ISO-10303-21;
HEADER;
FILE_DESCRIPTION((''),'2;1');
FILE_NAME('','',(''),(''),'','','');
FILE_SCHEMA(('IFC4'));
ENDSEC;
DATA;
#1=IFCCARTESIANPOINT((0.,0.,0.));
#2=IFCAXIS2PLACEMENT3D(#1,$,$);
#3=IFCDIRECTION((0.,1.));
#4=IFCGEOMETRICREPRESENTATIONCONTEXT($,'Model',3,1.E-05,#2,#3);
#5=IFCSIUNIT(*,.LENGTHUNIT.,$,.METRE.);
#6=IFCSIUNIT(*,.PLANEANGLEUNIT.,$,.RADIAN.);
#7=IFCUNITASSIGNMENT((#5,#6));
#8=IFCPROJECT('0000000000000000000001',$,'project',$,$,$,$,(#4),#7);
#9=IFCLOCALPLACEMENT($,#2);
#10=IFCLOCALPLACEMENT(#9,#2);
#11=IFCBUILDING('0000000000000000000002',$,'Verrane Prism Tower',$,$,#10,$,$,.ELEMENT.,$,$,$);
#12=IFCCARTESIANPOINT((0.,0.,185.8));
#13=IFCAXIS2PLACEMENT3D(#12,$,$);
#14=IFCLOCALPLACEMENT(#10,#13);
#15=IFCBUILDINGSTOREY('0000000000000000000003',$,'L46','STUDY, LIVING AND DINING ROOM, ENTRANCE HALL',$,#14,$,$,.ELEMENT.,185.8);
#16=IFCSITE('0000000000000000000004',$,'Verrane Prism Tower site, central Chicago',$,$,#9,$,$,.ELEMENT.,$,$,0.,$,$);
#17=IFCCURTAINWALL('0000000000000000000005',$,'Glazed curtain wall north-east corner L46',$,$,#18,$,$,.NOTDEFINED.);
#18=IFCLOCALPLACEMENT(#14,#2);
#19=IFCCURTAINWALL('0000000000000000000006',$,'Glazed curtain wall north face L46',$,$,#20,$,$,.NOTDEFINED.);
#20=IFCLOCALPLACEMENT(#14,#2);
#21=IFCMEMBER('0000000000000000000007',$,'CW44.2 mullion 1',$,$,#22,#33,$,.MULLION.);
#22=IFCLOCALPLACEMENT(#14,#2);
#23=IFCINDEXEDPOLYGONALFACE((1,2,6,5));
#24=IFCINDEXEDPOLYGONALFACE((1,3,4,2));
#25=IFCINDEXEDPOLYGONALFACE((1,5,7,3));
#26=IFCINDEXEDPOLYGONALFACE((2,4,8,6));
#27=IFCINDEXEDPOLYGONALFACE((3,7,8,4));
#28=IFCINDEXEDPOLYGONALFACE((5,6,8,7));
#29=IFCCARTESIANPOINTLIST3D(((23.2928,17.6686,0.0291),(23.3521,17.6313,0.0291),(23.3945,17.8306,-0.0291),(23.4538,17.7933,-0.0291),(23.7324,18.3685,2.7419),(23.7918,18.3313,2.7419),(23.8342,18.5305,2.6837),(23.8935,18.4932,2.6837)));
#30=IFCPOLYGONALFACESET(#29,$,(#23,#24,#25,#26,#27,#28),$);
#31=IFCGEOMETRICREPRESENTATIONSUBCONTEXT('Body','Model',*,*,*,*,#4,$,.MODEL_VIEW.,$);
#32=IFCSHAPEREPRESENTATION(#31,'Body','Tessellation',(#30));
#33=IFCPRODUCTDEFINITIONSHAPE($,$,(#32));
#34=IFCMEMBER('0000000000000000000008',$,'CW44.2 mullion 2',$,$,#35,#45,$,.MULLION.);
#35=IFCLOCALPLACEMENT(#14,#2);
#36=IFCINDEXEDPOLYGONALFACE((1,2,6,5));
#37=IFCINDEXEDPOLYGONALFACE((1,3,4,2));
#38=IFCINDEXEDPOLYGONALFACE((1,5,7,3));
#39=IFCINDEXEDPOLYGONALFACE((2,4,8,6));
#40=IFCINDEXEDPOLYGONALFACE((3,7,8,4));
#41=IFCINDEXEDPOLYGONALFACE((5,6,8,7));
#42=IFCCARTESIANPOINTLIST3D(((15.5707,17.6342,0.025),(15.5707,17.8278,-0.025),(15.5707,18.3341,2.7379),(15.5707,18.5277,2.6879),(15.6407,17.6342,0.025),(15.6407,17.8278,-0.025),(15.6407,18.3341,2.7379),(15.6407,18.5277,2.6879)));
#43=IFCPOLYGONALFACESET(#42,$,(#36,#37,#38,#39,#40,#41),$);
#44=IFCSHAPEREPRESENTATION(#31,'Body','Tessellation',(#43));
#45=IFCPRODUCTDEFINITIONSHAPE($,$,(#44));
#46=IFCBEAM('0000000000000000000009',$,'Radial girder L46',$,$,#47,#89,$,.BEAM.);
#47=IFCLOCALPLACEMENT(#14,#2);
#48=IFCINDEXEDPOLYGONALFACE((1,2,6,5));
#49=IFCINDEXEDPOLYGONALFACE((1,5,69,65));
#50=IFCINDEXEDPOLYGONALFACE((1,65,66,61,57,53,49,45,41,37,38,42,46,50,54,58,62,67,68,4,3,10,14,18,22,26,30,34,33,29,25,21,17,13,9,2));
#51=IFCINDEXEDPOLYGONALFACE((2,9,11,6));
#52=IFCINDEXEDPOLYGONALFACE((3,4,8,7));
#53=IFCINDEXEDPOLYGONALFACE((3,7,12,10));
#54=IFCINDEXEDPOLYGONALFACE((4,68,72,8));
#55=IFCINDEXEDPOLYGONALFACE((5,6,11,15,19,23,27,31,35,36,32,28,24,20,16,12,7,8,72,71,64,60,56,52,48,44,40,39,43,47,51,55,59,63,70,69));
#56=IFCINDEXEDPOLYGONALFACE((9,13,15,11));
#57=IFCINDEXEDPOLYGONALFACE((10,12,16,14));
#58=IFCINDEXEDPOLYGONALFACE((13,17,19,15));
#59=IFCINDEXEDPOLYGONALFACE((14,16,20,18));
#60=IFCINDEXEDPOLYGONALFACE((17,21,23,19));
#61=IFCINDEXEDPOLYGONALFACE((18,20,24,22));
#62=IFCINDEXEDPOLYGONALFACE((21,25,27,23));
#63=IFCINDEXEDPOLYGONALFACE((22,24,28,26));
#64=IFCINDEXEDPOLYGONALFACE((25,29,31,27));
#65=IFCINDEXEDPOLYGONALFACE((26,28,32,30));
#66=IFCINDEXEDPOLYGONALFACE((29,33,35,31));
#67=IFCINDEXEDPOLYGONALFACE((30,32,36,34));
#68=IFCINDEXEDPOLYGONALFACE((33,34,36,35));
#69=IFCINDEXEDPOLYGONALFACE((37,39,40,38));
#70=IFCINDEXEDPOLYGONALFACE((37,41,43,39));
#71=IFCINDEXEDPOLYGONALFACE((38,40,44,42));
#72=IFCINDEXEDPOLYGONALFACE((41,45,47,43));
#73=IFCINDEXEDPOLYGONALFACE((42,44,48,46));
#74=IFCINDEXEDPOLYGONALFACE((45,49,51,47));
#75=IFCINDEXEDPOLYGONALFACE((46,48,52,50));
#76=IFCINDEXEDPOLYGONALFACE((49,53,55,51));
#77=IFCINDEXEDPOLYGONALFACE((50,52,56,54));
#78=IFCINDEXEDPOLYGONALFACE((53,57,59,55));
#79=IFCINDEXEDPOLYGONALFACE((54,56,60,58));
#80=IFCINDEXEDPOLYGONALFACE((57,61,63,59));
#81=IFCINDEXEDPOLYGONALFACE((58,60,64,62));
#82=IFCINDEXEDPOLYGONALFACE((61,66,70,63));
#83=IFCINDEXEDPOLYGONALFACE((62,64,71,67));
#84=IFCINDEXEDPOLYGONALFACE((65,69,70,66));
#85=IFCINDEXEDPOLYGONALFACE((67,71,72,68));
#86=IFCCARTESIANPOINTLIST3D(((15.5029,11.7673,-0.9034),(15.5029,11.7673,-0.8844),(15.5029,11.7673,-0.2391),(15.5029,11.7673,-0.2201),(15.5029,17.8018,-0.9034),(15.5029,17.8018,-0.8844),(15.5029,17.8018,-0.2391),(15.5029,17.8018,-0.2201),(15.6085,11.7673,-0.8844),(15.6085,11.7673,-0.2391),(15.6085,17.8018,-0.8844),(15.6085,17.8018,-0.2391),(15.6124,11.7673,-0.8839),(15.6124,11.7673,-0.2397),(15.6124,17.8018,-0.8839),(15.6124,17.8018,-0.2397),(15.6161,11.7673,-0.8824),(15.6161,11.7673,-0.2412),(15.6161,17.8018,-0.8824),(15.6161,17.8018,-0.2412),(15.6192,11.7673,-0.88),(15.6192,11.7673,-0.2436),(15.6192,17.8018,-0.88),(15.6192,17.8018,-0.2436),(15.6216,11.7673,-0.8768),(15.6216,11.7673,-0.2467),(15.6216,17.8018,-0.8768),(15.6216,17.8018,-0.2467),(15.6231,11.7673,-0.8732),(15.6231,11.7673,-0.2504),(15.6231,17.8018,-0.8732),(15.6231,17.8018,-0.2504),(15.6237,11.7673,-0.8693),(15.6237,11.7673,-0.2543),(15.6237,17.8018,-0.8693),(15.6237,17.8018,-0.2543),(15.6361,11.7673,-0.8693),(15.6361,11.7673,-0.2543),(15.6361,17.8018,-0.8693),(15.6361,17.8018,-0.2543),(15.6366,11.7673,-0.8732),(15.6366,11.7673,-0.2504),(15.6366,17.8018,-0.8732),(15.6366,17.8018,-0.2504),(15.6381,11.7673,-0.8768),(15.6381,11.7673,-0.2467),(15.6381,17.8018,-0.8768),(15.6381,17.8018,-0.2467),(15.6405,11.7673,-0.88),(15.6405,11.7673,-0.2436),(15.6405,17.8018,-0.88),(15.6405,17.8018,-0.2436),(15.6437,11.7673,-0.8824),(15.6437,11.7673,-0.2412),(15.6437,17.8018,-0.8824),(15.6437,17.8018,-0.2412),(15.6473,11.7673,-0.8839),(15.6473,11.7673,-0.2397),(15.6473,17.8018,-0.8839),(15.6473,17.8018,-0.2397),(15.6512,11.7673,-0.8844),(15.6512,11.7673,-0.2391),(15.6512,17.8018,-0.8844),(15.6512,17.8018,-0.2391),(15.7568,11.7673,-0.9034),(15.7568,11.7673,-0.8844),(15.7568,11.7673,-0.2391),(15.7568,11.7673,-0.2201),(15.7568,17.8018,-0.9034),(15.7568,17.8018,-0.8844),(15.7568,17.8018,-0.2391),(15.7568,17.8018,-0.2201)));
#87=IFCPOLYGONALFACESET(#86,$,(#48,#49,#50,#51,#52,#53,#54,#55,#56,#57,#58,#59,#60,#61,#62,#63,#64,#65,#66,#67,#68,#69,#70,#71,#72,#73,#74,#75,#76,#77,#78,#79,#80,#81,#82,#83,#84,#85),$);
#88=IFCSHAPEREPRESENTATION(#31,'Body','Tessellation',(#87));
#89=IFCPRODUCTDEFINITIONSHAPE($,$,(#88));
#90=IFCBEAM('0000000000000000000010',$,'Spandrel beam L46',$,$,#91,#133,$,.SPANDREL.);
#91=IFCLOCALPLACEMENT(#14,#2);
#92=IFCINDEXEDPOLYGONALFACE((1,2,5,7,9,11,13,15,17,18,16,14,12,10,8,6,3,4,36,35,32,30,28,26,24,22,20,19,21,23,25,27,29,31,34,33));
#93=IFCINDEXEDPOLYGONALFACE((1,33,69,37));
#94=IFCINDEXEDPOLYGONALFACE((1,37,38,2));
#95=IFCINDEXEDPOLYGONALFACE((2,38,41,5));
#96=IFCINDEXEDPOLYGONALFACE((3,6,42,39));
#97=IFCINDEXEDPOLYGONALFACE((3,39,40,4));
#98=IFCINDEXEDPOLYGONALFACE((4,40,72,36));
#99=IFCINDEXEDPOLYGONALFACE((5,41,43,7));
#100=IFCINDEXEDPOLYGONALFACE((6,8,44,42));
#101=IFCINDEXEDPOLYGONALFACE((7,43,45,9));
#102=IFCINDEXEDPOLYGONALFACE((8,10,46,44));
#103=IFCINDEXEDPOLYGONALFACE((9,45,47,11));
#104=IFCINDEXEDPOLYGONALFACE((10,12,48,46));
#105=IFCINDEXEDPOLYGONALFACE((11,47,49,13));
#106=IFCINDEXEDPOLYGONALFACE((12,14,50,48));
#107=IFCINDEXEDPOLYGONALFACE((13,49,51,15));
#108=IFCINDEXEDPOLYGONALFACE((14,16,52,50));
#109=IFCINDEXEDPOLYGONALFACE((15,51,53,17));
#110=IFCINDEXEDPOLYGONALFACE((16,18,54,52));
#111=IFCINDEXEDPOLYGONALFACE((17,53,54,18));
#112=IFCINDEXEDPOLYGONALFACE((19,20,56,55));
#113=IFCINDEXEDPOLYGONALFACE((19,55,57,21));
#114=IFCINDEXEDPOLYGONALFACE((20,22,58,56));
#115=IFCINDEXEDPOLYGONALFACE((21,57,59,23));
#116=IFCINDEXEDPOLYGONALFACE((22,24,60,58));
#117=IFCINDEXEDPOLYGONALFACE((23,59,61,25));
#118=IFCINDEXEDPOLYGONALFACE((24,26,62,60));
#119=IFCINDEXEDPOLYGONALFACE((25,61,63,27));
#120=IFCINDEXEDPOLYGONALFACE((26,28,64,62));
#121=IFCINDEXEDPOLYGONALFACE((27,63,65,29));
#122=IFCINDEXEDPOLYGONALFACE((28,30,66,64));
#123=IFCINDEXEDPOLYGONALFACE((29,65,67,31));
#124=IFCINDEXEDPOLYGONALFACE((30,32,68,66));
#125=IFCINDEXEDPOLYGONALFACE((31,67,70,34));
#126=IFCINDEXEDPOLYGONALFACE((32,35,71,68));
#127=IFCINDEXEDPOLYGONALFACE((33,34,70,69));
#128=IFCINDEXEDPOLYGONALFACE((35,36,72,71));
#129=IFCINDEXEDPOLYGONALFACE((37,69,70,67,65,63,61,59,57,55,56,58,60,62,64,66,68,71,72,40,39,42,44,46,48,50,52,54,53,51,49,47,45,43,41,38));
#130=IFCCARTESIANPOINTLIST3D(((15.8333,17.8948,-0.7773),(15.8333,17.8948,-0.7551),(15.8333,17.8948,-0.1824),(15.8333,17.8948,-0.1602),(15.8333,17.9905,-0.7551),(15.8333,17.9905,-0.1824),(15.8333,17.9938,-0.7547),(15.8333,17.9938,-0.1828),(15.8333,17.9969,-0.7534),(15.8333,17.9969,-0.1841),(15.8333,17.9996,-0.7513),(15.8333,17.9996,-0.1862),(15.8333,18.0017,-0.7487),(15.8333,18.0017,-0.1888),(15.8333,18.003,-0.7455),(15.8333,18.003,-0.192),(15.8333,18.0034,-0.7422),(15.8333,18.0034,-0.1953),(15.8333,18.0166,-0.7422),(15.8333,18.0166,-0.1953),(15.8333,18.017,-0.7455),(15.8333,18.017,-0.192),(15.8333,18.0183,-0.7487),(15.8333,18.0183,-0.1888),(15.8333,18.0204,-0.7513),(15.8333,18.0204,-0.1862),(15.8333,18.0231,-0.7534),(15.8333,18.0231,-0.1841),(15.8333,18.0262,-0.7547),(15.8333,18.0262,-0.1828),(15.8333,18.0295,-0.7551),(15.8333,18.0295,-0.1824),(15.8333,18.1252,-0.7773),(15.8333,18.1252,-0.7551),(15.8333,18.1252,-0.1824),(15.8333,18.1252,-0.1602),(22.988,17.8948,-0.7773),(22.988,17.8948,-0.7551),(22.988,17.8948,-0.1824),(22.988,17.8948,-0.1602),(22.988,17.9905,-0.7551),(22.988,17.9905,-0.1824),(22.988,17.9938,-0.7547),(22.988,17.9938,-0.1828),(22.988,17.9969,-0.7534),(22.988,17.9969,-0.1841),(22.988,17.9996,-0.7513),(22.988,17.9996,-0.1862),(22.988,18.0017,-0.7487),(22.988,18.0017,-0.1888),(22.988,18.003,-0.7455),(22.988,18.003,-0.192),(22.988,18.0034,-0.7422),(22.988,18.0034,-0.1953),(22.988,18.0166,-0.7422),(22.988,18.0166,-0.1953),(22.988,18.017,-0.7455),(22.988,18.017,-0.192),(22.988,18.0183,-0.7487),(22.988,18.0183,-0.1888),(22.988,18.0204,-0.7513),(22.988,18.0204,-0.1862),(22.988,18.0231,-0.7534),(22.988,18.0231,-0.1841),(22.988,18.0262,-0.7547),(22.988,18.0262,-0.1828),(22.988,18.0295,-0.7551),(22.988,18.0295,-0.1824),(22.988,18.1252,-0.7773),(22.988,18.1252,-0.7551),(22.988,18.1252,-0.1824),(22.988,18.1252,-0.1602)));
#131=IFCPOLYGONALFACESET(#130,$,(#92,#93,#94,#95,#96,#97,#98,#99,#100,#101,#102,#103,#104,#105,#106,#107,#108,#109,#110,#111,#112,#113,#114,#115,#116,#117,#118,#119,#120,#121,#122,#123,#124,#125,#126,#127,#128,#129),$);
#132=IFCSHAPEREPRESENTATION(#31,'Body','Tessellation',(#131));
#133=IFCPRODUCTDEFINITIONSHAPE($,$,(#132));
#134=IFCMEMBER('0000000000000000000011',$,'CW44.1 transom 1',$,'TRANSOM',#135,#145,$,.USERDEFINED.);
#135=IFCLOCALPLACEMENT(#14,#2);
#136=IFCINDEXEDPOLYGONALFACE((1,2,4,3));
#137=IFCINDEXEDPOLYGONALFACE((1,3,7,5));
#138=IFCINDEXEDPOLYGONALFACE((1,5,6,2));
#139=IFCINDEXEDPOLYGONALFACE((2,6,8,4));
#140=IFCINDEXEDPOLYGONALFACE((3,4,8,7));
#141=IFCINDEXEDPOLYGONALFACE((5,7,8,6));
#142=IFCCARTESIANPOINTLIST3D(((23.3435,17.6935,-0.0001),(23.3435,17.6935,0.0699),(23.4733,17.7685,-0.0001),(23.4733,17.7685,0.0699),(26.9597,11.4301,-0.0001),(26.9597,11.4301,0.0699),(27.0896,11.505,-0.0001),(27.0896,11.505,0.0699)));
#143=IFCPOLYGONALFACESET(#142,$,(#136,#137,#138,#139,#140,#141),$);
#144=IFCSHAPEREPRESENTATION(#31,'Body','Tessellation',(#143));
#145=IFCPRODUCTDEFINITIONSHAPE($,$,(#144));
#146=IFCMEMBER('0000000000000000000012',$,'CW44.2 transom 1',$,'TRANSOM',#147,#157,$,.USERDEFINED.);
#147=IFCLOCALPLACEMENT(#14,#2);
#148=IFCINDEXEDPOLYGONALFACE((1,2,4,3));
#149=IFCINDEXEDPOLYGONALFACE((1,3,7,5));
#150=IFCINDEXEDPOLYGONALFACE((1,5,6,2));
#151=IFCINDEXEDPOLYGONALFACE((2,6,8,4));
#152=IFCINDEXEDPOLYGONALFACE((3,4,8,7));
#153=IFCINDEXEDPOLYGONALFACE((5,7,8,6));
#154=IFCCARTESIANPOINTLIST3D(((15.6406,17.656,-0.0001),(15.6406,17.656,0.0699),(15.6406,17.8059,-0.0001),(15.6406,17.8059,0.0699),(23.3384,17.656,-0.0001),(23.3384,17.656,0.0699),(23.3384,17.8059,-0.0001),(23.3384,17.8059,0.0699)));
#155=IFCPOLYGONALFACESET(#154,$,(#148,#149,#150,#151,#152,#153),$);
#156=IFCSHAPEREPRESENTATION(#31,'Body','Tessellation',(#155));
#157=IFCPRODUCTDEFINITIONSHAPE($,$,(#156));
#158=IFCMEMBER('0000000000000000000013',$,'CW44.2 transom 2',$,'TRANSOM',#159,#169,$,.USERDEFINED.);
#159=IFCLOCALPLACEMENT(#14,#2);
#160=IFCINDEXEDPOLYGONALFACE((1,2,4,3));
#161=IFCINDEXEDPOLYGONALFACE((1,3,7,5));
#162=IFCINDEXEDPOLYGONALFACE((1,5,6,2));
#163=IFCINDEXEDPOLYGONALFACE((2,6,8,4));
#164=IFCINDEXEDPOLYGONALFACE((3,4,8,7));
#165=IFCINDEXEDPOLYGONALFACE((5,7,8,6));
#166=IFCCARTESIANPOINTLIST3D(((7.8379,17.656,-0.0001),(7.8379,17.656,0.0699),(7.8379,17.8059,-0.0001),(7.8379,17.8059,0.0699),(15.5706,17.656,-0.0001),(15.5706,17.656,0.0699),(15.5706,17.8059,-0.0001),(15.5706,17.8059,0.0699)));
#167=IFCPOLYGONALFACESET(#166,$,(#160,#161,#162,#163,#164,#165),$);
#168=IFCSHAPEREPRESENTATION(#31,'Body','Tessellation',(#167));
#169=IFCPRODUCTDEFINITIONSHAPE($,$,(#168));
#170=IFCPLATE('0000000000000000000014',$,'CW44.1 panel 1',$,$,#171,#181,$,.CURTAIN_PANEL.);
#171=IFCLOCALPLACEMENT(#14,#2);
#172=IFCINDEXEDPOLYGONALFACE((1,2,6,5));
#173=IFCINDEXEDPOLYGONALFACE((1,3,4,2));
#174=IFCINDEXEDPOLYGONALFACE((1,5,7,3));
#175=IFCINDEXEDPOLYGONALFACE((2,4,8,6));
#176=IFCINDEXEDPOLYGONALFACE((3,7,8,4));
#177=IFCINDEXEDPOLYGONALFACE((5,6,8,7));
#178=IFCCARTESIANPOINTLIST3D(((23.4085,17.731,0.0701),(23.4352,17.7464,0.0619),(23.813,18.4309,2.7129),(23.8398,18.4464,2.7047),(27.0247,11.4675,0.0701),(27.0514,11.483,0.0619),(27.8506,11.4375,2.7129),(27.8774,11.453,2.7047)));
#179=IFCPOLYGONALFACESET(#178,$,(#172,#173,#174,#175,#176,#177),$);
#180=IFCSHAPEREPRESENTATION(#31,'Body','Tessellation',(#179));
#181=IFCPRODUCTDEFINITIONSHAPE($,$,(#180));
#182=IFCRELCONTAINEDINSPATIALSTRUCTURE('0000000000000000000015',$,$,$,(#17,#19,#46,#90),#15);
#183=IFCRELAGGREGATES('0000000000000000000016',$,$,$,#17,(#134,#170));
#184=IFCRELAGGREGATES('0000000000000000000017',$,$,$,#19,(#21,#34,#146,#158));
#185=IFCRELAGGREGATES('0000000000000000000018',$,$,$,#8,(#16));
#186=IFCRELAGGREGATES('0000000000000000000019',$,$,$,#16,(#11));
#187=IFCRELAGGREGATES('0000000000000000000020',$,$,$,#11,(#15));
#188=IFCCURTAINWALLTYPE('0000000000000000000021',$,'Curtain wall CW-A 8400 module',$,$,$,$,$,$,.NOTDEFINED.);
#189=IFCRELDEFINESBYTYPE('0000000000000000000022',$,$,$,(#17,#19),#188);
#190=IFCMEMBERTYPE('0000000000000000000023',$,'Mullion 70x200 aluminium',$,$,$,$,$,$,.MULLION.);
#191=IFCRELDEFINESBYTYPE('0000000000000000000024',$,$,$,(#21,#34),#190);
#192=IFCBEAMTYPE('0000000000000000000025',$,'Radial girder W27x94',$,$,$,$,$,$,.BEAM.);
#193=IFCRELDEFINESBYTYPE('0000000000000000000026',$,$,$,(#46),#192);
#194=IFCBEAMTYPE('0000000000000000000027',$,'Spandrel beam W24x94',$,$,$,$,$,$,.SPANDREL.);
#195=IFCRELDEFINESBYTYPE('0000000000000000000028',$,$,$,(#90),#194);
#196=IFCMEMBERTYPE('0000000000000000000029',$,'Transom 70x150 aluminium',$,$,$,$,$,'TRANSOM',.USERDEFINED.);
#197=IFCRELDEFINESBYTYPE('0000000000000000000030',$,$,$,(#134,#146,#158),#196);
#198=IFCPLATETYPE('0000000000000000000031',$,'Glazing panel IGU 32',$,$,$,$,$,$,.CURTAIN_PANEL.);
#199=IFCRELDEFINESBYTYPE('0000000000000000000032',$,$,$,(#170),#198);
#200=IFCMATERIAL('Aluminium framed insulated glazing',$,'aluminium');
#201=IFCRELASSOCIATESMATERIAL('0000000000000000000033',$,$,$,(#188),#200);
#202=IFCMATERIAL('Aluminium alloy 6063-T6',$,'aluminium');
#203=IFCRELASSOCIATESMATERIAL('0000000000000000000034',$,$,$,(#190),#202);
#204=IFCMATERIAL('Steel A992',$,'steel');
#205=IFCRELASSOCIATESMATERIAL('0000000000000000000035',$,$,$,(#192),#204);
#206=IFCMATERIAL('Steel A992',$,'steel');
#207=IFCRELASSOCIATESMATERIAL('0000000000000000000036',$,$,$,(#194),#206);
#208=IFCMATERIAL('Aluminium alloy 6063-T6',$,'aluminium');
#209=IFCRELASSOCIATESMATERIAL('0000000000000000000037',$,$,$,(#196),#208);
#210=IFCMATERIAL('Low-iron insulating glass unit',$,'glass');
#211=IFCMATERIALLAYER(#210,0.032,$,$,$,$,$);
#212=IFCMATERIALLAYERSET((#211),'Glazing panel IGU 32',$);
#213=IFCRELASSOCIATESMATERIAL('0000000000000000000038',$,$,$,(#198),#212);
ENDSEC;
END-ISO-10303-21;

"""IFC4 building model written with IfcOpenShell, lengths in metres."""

from ifc_helpers import new_model, si_unit, direction, frame, origin, origin_2d, place, context, subcontext, project, spatial, polyline, rectangle, i_section, outline, extrude, material, layer, layer_set, material_profile, profile_set, type_object, element, aggregate, save


model = new_model("IFC4")

# Units and contexts
model_context = context("Model", 3, precision=1e-05, world=origin(), true_north=direction((0.0, 1.0)))
body_context = subcontext(model_context, "Body", "Model", "MODEL_VIEW")
ifc_project = project(units=[si_unit("LENGTHUNIT", "METRE"), si_unit("PLANEANGLEUNIT", "RADIAN")], contexts=[model_context])

# Site, building, storey
site_placement = place(None, origin())
site = spatial("IfcSite", under=ifc_project, at=site_placement, Name="Verrane Prism Tower site, central Chicago", CompositionType="ELEMENT", RefElevation=0.0)
building_placement = place(site_placement, origin())
building = spatial("IfcBuilding", under=site, at=building_placement, Name="Verrane Prism Tower", CompositionType="ELEMENT")
storey_placement = place(building_placement, frame((0.0, 0.0, 185.8)))
storey = spatial("IfcBuildingStorey", under=building, at=storey_placement, Name="L46", Description="STUDY, LIVING AND DINING ROOM, ENTRANCE HALL", CompositionType="ELEMENT", Elevation=185.8)

# Curtain wall
ifc_material_1 = material(Name="Aluminium framed insulated glazing", Category="aluminium")
curtain_wall_type = type_object("IfcCurtainWallType", Name="Curtain wall CW-A 8400 module", PredefinedType="NOTDEFINED", material=ifc_material_1)
curtain_wall_1_placement = place(storey_placement, origin())
curtain_wall_1 = element("IfcCurtainWall", 1, at=curtain_wall_1_placement, inside=storey, type_object=curtain_wall_type, Name="Glazed curtain wall north-east corner L46", PredefinedType="NOTDEFINED")
ifc_material_2 = material(Name="Aluminium alloy 6063-T6", Category="aluminium")
ifc_material_profile_1 = material_profile(ifc_material_2, rectangle(XDim=0.2, YDim=0.0701, at=origin_2d()), Name="Mullion 70x200 aluminium")
ifc_profile_set_1 = profile_set([ifc_material_profile_1], Name="Aluminium alloy 6063-T6")
member_type_1 = type_object("IfcMemberType", Name="Mullion 70x200 aluminium", PredefinedType="MULLION", material=ifc_profile_set_1)

# Curtain wall, members
curtain_wall_2_placement = place(storey_placement, origin())
curtain_wall_2 = element("IfcCurtainWall", 2, at=curtain_wall_2_placement, inside=storey, type_object=curtain_wall_type, Name="Glazed curtain wall north face L46", PredefinedType="NOTDEFINED")
member_1_placement = place(storey_placement, frame((23.3733, 17.731, 0.0), z_axis=(0.15504, 0.246807, 0.956582), x_axis=(0.50884, 0.810019, -0.291464)))
member_1 = element("IfcMember", 3, at=member_1_placement, type_object=member_type_1, Name="CW44.2 mullion 1", PredefinedType="MULLION", context=body_context, shape_type="SweptSolid", body=[
    extrude(rectangle(XDim=0.2, YDim=0.0701, at=origin_2d()), origin(), (0.0, 0.0, 1.0), 2.8359),
])
member_2_placement = place(storey_placement, frame((15.6057, 17.731, 0.0), z_axis=(0.0, 0.249828, 0.96829), x_axis=(0.0, 0.96829, -0.249828)))
member_2 = element("IfcMember", 4, at=member_2_placement, type_object=member_type_1, Name="CW44.2 mullion 2", PredefinedType="MULLION", context=body_context, shape_type="SweptSolid", body=[
    extrude(rectangle(XDim=0.2, YDim=0.0701, at=origin_2d()), origin(), (0.0, 0.0, 1.0), 2.8018),
])

# Beams
ifc_material_3 = material(Name="Steel A992", Category="steel")
ifc_material_profile_2 = material_profile(ifc_material_3, i_section(OverallWidth=0.2539, OverallDepth=0.6833, WebThickness=0.0125, FlangeThickness=0.019, FilletRadius=0.0151, at=origin_2d()), Name="W27x94")
ifc_profile_set_2 = profile_set([ifc_material_profile_2], Name="Steel A992")
beam_type_1 = type_object("IfcBeamType", Name="Radial girder W27x94", PredefinedType="BEAM", material=ifc_profile_set_2)
beam_1_placement = place(storey_placement, frame((15.6299, 17.8018, -0.5618), z_axis=(0.0, -1.0, 0.0), x_axis=(1.0, 0.0, 0.0)))
element("IfcBeam", 5, at=beam_1_placement, inside=storey, type_object=beam_type_1, Name="Radial girder L46", PredefinedType="BEAM", context=body_context, shape_type="SweptSolid", body=[
    extrude(i_section(OverallWidth=0.2539, OverallDepth=0.6833, WebThickness=0.0125, FlangeThickness=0.019, FilletRadius=0.0151, at=origin_2d()), origin(), (0.0, 0.0, 1.0), 6.0344),
])
ifc_material_4 = material(Name="Steel A992", Category="steel")
ifc_material_profile_3 = material_profile(ifc_material_4, i_section(OverallWidth=0.2305, OverallDepth=0.6172, WebThickness=0.0132, FlangeThickness=0.0222, FilletRadius=0.0129, at=origin_2d()), Name="W24x94")
ifc_profile_set_3 = profile_set([ifc_material_profile_3], Name="Steel A992")
beam_type_2 = type_object("IfcBeamType", Name="Spandrel beam W24x94", PredefinedType="SPANDREL", material=ifc_profile_set_3)
beam_2_placement = place(storey_placement, frame((22.988, 18.01, -0.4688), z_axis=(-1.0, 0.0, 0.0), x_axis=(0.0, -1.0, 0.0)))
element("IfcBeam", 6, at=beam_2_placement, inside=storey, type_object=beam_type_2, Name="Spandrel beam L46", PredefinedType="SPANDREL", context=body_context, shape_type="SweptSolid", body=[
    extrude(i_section(OverallWidth=0.2305, OverallDepth=0.6172, WebThickness=0.0132, FlangeThickness=0.0222, FilletRadius=0.0129, at=origin_2d()), origin(), (0.0, 0.0, 1.0), 7.1548),
])

# Members
ifc_material_5 = material(Name="Aluminium alloy 6063-T6", Category="aluminium")
ifc_material_profile_4 = material_profile(ifc_material_5, rectangle(XDim=0.1499, YDim=0.0701, at=origin_2d()), Name="Transom 70x150 aluminium")
ifc_profile_set_4 = profile_set([ifc_material_profile_4], Name="Aluminium alloy 6063-T6")
member_type_2 = type_object("IfcMemberType", Name="Transom 70x150 aluminium", ElementType="TRANSOM", PredefinedType="USERDEFINED", material=ifc_profile_set_4)
member_3_placement = place(storey_placement, frame((27.0247, 11.4675, 0.0349), z_axis=(-0.500002, 0.866024, 0.0), x_axis=(-0.866024, -0.500002, 0.0)))
member_3 = element("IfcMember", 7, at=member_3_placement, type_object=member_type_2, Name="CW44.1 transom 1", ObjectType="TRANSOM", PredefinedType="USERDEFINED", context=body_context, shape_type="SweptSolid", body=[
    extrude(rectangle(XDim=0.1499, YDim=0.0701, at=origin_2d()), origin(), (0.0, 0.0, 1.0), 7.2324),
])
member_4_placement = place(storey_placement, frame((23.3384, 17.731, 0.0349), z_axis=(-1.0, 0.0, 0.0), x_axis=(0.0, -1.0, 0.0)))
member_4 = element("IfcMember", 8, at=member_4_placement, type_object=member_type_2, Name="CW44.2 transom 1", ObjectType="TRANSOM", PredefinedType="USERDEFINED", context=body_context, shape_type="SweptSolid", body=[
    extrude(rectangle(XDim=0.1499, YDim=0.0701, at=origin_2d()), origin(), (0.0, 0.0, 1.0), 7.6978),
])
member_5_placement = place(storey_placement, frame((15.5706, 17.731, 0.0349), z_axis=(-1.0, 0.0, 0.0), x_axis=(0.0, -1.0, 0.0)))
member_5 = element("IfcMember", 9, at=member_5_placement, type_object=member_type_2, Name="CW44.2 transom 2", ObjectType="TRANSOM", PredefinedType="USERDEFINED", context=body_context, shape_type="SweptSolid", body=[
    extrude(rectangle(XDim=0.1499, YDim=0.0701, at=origin_2d()), origin(), (0.0, 0.0, 1.0), 7.7327),
])

# Plate
ifc_material_6 = material(Name="Low-iron insulating glass unit", Category="glass")
ifc_layer_1 = layer(ifc_material_6, 0.032)
ifc_layer_set_1 = layer_set([ifc_layer_1], Name="Glazing panel IGU 32")
plate_type = type_object("IfcPlateType", Name="Glazing panel IGU 32", PredefinedType="CURTAIN_PANEL", material=ifc_layer_set_1)
plate_1_placement = place(storey_placement, frame((27.0247, 11.4675, 0.0701), z_axis=(-0.837136, -0.483319, 0.256138), x_axis=(-0.499999, 0.866026, -0.000001)))
plate_1 = element("IfcPlate", 10, at=plate_1_placement, type_object=plate_type, Name="CW44.1 panel 1", PredefinedType="CURTAIN_PANEL", context=body_context, shape_type="SweptSolid", body=[
    extrude(outline(polyline([(0.0, 0.0), (7.2324, 0.0), (7.6363, -2.734), (-0.439, -2.734), (0.0, 0.0)])), origin(), (0.0, 0.0, -1.0), 0.032),
])
aggregate(curtain_wall_1, [member_3, plate_1])
aggregate(curtain_wall_2, [member_1, member_2, member_4, member_5])

save(model, "model.ifc")
